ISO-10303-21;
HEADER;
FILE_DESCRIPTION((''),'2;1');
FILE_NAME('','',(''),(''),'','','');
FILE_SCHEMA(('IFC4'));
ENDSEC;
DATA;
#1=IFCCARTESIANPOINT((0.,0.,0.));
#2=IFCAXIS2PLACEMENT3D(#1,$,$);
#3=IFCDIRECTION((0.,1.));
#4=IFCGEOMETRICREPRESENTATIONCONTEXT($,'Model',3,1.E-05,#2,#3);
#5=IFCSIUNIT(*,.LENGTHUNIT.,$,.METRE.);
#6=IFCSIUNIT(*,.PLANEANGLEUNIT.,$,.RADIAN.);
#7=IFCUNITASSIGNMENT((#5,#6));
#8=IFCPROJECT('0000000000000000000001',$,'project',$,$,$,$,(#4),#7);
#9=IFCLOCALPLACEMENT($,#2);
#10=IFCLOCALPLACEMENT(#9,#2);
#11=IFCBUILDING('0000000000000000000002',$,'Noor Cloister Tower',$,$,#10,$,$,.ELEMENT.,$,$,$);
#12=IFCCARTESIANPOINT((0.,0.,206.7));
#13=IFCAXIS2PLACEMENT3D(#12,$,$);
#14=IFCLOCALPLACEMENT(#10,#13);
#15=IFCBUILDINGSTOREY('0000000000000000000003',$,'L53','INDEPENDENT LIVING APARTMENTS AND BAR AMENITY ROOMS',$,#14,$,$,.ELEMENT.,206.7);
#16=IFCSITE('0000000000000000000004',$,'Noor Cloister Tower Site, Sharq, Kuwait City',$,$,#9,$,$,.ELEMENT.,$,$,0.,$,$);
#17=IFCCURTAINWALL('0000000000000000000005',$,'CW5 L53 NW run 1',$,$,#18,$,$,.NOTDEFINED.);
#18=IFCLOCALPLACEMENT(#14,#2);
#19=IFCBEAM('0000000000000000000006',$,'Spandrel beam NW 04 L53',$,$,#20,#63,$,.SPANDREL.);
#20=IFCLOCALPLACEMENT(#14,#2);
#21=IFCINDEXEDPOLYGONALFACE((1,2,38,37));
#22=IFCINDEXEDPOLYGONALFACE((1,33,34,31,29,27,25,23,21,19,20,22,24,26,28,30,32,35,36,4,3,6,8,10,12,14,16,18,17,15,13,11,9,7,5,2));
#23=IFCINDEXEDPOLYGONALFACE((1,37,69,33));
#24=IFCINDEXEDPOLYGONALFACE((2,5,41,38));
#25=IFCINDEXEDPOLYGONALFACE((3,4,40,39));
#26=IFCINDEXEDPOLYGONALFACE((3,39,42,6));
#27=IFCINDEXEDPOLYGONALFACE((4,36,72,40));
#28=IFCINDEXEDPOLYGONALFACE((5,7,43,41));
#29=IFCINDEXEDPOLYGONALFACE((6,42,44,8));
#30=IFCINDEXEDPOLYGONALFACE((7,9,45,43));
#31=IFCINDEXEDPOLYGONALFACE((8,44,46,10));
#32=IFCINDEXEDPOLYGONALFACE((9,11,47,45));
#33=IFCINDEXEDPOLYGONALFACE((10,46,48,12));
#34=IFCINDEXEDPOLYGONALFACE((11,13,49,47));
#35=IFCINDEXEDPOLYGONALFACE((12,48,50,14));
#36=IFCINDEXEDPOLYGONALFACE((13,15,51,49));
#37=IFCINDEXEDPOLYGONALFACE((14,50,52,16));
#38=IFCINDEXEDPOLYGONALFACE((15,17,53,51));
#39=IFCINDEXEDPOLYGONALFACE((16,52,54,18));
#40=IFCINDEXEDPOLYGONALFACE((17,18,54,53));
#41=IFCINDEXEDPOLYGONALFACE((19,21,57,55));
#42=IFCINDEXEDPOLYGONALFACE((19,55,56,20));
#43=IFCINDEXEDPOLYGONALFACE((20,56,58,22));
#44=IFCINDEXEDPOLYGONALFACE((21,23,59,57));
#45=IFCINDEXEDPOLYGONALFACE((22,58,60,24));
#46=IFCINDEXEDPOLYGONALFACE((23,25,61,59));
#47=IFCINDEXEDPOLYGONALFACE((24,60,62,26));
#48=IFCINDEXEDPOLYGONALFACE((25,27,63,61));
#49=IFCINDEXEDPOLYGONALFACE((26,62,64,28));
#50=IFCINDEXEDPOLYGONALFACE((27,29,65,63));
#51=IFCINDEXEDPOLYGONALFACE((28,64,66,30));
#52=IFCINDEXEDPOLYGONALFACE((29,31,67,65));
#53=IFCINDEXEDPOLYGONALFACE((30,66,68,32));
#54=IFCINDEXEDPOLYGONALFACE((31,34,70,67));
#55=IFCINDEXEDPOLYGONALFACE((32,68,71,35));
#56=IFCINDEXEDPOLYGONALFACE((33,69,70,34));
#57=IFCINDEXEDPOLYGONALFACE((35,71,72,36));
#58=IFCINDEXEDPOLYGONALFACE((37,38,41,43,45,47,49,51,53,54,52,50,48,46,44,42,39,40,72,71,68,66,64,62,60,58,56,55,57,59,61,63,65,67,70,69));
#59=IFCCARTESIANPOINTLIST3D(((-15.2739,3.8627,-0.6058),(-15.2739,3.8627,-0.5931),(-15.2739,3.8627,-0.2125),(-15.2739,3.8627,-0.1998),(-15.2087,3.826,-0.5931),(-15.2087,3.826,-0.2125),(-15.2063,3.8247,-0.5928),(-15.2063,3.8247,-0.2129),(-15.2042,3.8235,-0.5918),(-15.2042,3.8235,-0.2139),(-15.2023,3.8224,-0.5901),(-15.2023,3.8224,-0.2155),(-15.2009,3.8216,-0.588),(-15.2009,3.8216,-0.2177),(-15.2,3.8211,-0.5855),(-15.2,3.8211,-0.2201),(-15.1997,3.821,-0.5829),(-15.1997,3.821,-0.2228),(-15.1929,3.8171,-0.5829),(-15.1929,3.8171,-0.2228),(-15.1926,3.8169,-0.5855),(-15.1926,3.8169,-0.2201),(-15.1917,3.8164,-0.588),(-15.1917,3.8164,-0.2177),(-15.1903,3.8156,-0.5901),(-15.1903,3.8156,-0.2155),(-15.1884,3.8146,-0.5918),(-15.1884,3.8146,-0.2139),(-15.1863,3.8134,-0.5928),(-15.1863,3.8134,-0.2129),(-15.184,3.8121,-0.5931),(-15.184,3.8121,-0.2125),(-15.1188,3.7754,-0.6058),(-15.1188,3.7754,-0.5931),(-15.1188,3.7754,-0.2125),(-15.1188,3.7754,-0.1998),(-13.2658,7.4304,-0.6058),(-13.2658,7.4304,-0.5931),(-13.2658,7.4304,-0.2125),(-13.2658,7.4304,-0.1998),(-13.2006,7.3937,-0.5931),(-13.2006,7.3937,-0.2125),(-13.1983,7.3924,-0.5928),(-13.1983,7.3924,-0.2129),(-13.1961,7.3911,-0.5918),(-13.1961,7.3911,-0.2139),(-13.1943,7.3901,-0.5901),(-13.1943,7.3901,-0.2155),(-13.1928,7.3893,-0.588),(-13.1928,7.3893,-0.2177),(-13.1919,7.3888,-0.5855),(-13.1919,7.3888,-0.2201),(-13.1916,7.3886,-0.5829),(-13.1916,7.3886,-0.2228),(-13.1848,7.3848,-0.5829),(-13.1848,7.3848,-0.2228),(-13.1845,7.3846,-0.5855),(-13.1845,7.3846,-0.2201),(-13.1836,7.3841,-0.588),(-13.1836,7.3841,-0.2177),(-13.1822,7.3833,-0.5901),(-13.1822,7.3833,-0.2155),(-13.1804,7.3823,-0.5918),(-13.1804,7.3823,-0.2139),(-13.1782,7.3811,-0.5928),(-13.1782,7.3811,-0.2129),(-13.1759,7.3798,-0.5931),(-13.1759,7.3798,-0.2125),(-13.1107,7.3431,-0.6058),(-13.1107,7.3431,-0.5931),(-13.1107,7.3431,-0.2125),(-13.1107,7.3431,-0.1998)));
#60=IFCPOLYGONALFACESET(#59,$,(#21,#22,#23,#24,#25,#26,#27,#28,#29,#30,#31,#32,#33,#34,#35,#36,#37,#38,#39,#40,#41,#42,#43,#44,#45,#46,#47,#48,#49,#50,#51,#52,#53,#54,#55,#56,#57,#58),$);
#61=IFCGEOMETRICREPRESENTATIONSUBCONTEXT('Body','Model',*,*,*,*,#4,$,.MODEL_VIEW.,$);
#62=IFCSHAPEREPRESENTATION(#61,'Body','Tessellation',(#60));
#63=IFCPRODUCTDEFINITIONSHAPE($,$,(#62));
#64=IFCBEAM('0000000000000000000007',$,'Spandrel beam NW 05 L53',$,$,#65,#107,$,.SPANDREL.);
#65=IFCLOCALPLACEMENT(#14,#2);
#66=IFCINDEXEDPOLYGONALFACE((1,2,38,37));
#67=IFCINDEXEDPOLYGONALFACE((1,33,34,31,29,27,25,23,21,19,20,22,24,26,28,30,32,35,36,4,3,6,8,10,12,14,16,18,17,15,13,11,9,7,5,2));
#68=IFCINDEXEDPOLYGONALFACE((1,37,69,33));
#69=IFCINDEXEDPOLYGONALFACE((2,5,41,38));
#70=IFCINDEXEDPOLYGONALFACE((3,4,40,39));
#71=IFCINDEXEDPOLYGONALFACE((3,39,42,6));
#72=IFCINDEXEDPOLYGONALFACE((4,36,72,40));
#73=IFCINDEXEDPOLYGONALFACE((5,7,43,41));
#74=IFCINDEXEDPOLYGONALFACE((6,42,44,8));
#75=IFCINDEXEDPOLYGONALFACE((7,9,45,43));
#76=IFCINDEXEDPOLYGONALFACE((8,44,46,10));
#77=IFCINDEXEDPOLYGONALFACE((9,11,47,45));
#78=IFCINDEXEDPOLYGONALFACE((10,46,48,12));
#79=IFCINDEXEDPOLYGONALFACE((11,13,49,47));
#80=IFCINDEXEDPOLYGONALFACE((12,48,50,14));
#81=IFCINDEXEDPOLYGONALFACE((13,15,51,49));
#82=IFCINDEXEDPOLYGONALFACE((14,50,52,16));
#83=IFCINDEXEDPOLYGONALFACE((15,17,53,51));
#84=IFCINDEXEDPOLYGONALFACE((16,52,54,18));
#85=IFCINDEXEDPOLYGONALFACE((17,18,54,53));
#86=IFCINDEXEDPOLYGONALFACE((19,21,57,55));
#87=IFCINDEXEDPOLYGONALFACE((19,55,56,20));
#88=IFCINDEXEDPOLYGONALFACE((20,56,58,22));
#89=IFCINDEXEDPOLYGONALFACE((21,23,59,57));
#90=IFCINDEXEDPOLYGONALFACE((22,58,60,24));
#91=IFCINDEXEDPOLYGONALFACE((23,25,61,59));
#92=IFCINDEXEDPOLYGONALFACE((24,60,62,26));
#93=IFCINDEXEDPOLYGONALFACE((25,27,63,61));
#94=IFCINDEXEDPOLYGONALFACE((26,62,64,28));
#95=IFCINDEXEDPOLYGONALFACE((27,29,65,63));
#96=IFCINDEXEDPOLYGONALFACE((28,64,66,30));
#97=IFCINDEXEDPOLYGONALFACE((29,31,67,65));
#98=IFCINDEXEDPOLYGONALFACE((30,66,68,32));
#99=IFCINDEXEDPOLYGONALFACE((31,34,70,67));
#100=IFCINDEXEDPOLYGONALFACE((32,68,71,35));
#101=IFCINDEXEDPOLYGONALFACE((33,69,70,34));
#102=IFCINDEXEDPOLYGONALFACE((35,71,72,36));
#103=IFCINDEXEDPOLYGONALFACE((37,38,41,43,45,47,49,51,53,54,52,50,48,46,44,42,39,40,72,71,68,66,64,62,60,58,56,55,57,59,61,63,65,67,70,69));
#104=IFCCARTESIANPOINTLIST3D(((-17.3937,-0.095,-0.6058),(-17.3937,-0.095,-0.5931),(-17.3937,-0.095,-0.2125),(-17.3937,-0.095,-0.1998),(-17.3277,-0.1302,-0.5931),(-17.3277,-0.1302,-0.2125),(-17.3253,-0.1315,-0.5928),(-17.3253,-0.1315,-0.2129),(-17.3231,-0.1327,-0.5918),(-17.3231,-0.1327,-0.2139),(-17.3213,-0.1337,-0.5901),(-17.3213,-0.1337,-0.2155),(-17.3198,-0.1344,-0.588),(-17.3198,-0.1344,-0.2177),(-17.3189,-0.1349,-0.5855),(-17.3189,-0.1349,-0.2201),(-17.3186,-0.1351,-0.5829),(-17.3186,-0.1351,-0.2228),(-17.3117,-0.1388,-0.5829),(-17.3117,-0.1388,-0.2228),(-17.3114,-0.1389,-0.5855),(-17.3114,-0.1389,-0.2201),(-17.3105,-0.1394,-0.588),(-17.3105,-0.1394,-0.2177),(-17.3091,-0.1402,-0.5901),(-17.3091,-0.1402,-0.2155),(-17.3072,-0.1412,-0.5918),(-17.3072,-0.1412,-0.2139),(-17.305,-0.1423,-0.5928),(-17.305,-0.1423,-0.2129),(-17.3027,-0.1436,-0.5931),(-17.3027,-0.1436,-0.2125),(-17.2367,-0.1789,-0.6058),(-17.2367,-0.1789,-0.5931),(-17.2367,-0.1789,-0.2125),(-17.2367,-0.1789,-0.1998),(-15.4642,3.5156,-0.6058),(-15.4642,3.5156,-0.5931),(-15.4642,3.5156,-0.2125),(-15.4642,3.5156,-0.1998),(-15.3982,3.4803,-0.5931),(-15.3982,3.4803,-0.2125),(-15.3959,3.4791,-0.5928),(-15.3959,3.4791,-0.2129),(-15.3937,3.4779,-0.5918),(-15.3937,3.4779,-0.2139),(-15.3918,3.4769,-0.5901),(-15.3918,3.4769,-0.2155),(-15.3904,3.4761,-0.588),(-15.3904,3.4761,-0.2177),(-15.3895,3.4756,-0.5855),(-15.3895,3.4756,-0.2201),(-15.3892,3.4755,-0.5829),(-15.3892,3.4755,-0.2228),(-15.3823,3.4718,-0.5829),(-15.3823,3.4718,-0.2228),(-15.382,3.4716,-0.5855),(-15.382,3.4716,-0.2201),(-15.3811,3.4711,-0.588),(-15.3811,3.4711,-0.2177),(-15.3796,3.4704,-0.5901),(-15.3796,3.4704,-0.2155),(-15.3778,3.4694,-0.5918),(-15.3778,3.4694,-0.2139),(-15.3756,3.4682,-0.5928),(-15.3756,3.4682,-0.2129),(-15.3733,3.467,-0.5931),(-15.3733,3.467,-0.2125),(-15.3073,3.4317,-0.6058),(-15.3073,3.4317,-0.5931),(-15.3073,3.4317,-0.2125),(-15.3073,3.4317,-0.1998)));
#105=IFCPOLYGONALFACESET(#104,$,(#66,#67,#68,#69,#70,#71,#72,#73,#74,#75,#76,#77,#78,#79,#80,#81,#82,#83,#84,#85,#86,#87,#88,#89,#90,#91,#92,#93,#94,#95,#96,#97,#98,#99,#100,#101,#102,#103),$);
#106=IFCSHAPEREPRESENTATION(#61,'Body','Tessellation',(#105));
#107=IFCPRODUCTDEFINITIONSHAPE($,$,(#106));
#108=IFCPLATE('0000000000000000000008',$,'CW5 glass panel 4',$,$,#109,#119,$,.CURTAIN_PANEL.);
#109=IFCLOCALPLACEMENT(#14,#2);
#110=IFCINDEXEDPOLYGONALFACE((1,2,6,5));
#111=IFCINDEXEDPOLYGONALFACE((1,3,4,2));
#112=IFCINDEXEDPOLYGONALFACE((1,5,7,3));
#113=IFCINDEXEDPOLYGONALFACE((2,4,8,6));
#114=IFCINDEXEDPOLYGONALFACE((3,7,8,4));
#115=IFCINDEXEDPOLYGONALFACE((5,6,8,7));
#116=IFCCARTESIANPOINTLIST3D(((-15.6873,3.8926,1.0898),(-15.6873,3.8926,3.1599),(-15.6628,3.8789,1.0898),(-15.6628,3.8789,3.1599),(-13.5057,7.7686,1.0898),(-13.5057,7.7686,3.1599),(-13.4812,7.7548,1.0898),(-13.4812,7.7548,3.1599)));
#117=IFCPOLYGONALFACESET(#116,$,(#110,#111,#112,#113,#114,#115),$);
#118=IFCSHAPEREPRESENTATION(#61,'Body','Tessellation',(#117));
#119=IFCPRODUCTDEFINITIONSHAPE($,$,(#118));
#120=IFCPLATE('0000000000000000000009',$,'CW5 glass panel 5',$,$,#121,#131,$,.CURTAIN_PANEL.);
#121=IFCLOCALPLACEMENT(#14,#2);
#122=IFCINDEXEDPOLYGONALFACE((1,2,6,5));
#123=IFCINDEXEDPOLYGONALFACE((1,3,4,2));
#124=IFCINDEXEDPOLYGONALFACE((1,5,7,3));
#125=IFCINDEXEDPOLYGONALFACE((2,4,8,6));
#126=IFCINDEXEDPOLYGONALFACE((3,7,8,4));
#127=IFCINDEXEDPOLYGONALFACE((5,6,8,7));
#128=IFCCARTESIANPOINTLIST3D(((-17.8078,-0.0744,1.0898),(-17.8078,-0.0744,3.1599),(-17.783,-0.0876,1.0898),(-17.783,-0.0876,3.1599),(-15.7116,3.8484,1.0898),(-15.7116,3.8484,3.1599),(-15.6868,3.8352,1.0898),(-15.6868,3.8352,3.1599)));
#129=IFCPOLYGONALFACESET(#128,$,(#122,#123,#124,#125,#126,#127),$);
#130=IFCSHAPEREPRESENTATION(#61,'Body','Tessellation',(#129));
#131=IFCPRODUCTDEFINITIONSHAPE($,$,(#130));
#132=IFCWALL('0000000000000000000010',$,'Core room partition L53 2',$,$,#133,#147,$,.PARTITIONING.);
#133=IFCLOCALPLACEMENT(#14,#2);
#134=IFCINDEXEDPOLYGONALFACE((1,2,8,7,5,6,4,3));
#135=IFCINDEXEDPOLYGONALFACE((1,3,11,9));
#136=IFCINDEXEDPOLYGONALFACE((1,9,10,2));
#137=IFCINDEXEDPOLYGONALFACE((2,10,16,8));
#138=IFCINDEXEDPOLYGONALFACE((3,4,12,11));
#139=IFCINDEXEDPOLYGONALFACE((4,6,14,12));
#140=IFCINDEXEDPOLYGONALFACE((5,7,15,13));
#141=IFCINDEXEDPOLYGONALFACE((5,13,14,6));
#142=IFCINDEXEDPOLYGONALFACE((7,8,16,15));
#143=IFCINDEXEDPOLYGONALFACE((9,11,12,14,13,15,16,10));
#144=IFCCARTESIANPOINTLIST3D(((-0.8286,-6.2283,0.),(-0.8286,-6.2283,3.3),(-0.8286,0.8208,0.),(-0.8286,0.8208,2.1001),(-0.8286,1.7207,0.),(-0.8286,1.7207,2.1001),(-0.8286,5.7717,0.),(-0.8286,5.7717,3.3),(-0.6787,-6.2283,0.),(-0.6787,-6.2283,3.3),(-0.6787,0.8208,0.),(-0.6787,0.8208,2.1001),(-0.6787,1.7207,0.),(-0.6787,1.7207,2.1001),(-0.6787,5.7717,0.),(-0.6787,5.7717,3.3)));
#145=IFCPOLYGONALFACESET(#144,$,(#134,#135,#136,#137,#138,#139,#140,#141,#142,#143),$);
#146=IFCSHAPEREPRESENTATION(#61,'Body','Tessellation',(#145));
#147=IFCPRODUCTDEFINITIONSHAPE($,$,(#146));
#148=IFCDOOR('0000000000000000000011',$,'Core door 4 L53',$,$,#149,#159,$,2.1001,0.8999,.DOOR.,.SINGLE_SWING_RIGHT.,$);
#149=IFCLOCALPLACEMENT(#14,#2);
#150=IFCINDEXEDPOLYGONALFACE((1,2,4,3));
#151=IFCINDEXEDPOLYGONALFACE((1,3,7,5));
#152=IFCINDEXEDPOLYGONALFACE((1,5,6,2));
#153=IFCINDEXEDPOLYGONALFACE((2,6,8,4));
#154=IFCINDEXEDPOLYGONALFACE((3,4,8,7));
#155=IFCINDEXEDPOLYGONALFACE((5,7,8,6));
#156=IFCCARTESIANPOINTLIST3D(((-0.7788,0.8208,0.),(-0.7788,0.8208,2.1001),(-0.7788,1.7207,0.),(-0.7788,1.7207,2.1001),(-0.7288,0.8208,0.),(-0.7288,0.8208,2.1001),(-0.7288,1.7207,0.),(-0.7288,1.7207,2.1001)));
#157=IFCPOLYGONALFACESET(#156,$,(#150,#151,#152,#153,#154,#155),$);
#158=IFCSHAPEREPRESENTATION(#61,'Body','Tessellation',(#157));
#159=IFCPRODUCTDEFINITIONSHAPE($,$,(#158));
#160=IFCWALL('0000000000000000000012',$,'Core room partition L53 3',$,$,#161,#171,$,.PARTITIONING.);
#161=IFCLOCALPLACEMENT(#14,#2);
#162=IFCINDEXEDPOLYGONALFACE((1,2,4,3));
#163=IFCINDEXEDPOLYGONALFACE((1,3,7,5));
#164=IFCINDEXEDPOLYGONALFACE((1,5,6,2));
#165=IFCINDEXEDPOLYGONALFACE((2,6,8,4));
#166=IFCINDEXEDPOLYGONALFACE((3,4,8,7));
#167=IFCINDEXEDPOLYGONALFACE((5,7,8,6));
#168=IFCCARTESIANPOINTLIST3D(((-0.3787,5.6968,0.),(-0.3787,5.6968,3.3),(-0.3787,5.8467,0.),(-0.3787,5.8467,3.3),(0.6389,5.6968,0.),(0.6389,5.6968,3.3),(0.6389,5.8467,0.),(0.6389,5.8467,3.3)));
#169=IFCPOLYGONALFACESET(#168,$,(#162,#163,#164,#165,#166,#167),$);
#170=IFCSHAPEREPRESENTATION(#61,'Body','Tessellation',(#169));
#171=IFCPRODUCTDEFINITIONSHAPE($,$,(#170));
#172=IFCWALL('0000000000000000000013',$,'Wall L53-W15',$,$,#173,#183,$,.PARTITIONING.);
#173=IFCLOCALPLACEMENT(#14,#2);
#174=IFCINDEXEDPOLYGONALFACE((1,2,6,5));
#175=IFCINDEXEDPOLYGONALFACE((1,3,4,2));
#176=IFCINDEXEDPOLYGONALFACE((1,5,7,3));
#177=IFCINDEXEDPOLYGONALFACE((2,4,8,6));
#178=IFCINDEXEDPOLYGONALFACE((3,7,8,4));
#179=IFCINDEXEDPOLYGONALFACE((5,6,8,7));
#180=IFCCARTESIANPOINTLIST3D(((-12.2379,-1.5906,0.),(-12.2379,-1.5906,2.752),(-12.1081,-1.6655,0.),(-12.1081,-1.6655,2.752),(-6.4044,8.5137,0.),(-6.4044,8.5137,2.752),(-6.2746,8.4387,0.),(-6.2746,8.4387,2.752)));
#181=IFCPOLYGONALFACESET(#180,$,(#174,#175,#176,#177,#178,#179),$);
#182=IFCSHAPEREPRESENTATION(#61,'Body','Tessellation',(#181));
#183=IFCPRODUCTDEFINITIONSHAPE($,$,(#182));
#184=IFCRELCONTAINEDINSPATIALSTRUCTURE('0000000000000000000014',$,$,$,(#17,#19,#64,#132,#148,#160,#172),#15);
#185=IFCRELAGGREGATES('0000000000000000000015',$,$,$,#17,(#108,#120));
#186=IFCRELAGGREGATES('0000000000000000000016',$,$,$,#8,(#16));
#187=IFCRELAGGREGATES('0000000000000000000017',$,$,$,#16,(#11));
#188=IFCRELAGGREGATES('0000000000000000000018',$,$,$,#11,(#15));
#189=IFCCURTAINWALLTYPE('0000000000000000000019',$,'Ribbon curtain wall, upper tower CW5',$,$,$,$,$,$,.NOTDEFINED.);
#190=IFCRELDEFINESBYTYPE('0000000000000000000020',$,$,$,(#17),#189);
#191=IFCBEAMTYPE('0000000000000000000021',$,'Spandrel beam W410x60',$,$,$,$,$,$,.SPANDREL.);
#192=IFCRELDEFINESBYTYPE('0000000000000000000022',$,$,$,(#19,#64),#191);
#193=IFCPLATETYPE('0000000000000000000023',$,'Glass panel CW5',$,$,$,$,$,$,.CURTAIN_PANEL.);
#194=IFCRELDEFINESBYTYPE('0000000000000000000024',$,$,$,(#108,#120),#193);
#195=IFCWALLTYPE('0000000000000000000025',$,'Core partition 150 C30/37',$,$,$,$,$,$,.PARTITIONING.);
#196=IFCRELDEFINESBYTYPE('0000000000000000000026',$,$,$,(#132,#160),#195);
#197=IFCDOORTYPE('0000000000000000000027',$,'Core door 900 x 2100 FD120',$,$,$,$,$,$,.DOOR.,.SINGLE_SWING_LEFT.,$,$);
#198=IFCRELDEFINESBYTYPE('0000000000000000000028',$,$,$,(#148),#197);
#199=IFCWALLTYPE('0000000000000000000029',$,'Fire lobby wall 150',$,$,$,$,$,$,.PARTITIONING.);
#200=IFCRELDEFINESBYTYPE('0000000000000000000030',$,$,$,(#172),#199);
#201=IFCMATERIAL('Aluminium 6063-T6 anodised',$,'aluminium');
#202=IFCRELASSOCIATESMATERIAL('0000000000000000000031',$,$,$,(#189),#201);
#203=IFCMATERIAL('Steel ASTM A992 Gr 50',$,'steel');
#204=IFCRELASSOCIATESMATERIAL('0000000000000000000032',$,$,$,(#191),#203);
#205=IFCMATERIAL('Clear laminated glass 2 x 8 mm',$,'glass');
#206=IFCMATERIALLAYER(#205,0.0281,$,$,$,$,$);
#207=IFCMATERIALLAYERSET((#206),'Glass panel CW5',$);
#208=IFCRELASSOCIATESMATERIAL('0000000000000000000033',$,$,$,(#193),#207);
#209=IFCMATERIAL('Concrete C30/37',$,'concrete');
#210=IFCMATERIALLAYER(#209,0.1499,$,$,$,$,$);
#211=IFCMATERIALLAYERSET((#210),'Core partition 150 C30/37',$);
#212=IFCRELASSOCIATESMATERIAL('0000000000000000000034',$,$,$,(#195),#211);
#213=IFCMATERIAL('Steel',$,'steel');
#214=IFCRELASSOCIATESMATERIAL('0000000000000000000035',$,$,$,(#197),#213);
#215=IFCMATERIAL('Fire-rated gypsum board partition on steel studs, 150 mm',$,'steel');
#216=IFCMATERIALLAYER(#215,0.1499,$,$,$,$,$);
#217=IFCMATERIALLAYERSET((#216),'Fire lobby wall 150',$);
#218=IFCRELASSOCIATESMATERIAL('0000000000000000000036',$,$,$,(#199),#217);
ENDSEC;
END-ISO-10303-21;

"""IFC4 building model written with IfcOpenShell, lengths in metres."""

from ifc_helpers import new_model, si_unit, direction, frame, frame_2d, origin, origin_2d, place, context, subcontext, project, spatial, rectangle, i_section, extrude, material, layer, layer_set, material_profile, profile_set, type_object, element, fill, aggregate, save


model = new_model("IFC4")

# Units and contexts
model_context = context("Model", 3, precision=1e-05, world=origin(), true_north=direction((0.0, 1.0)))
body_context = subcontext(model_context, "Body", "Model", "MODEL_VIEW")
ifc_project = project(units=[si_unit("LENGTHUNIT", "METRE"), si_unit("PLANEANGLEUNIT", "RADIAN")], contexts=[model_context])

# Site, building, storey
site_placement = place(None, origin())
site = spatial("IfcSite", under=ifc_project, at=site_placement, Name="Noor Cloister Tower Site, Sharq, Kuwait City", CompositionType="ELEMENT", RefElevation=0.0)
building_placement = place(site_placement, origin())
building = spatial("IfcBuilding", under=site, at=building_placement, Name="Noor Cloister Tower", CompositionType="ELEMENT")
storey_placement = place(building_placement, frame((0.0, 0.0, 206.7)))
storey = spatial("IfcBuildingStorey", under=building, at=storey_placement, Name="L53", Description="INDEPENDENT LIVING APARTMENTS AND BAR AMENITY ROOMS", CompositionType="ELEMENT", Elevation=206.7)

# Curtain wall
ifc_material_1 = material(Name="Aluminium 6063-T6 anodised", Category="aluminium")
curtain_wall_type = type_object("IfcCurtainWallType", Name="Ribbon curtain wall, upper tower CW5", PredefinedType="NOTDEFINED", material=ifc_material_1)
curtain_wall_1_placement = place(storey_placement, origin())
curtain_wall_1 = element("IfcCurtainWall", 1, at=curtain_wall_1_placement, inside=storey, type_object=curtain_wall_type, Name="CW5 L53 NW run 1", PredefinedType="NOTDEFINED")

# Beams
ifc_material_2 = material(Name="Steel ASTM A992 Gr 50", Category="steel")
ifc_material_profile_1 = material_profile(ifc_material_2, i_section(OverallWidth=0.178, OverallDepth=0.406, WebThickness=0.0078, FlangeThickness=0.0127, FilletRadius=0.0103, at=origin_2d()), Name="W410x60")
ifc_profile_set_1 = profile_set([ifc_material_profile_1], Name="Steel ASTM A992 Gr 50")
beam_type_1 = type_object("IfcBeamType", Name="Spandrel beam W410x60", PredefinedType="SPANDREL", material=ifc_profile_set_1)
beam_1_placement = place(storey_placement, frame((-13.1882, 7.3867, -0.4028), z_axis=(-0.490496, -0.871443, 0.0), x_axis=(0.871443, -0.490496, 0.0)))
element("IfcBeam", 2, at=beam_1_placement, inside=storey, type_object=beam_type_1, Name="Spandrel beam NW 04 L53", PredefinedType="SPANDREL", context=body_context, shape_type="SweptSolid", body=[
    extrude(i_section(OverallWidth=0.178, OverallDepth=0.406, WebThickness=0.0078, FlangeThickness=0.0127, FilletRadius=0.0103, at=origin_2d()), origin(), (0.0, 0.0, 1.0), 4.094),
])
beam_2_placement = place(storey_placement, frame((-15.3857, 3.4736, -0.4028), z_axis=(-0.471309, -0.881968, 0.0), x_axis=(0.881968, -0.471309, 0.0)))
element("IfcBeam", 3, at=beam_2_placement, inside=storey, type_object=beam_type_1, Name="Spandrel beam NW 05 L53", PredefinedType="SPANDREL", context=body_context, shape_type="SweptSolid", body=[
    extrude(i_section(OverallWidth=0.178, OverallDepth=0.406, WebThickness=0.0078, FlangeThickness=0.0127, FilletRadius=0.0103, at=origin_2d()), origin(), (0.0, 0.0, 1.0), 4.0938),
])

# Plates
ifc_material_3 = material(Name="Clear laminated glass 2 x 8 mm", Category="glass")
ifc_layer_1 = layer(ifc_material_3, 0.0281)
ifc_layer_set_1 = layer_set([ifc_layer_1], Name="Glass panel CW5")
plate_type = type_object("IfcPlateType", Name="Glass panel CW5", PredefinedType="CURTAIN_PANEL", material=ifc_layer_set_1)
plate_1_placement = place(storey_placement, frame((-14.5842, 5.8237, 1.0898), z_axis=(0.0, 0.0, 1.0), x_axis=(-0.490491, -0.871446, 0.0)))
plate_1 = element("IfcPlate", 4, at=plate_1_placement, type_object=plate_type, Name="CW5 glass panel 4", PredefinedType="CURTAIN_PANEL", context=body_context, shape_type="SweptSolid", body=[
    extrude(rectangle(XDim=4.4478, YDim=0.0281, at=origin_2d()), origin(), (0.0, 0.0, 1.0), 2.0701),
])
plate_2_placement = place(storey_placement, frame((-16.7473, 1.8804, 1.0898), z_axis=(0.0, 0.0, 1.0), x_axis=(-0.471298, -0.881974, 0.0)))
plate_2 = element("IfcPlate", 5, at=plate_2_placement, type_object=plate_type, Name="CW5 glass panel 5", PredefinedType="CURTAIN_PANEL", context=body_context, shape_type="SweptSolid", body=[
    extrude(rectangle(XDim=4.4478, YDim=0.0281, at=origin_2d()), origin(), (0.0, 0.0, 1.0), 2.0701),
])
aggregate(curtain_wall_1, [plate_1, plate_2])

# Wall, opening, door
ifc_material_4 = material(Name="Concrete C30/37", Category="concrete")
ifc_layer_2 = layer(ifc_material_4, 0.1499)
ifc_layer_set_2 = layer_set([ifc_layer_2], Name="Core partition 150 C30/37")
wall_type_1 = type_object("IfcWallType", Name="Core partition 150 C30/37", PredefinedType="PARTITIONING", material=ifc_layer_set_2)
wall_1_placement = place(storey_placement, frame((-0.7537, 5.7717, 0.0), z_axis=(0.0, 0.0, 1.0), x_axis=(0.0, -1.0, 0.0)))
wall_1 = element("IfcWall", 6, at=wall_1_placement, inside=storey, type_object=wall_type_1, Name="Core room partition L53 2", PredefinedType="PARTITIONING", context=body_context, shape_type="SweptSolid", body=[
    extrude(rectangle(XDim=12.0, YDim=0.1499, at=frame_2d((6.0, 0.0))), origin(), (0.0, 0.0, 1.0), 3.3),
])
opening_placement = place(wall_1_placement, frame((4.051, 0.0, 0.0)))
opening = element("IfcOpeningElement", 7, at=opening_placement, cuts=wall_1, PredefinedType="OPENING", context=body_context, shape_type="SweptSolid", body=[
    extrude(rectangle(XDim=0.8999, YDim=2.1001, at=frame_2d((0.45, 1.05))), frame((0.0, 0.085, 0.0), z_axis=(0.0, -1.0, 0.0), x_axis=(1.0, 0.0, 0.0)), (0.0, 0.0, 1.0), 0.1699),
])
ifc_material_5 = material(Name="Steel", Category="steel")
door_type = type_object("IfcDoorType", Name="Core door 900 x 2100 FD120", OperationType="SINGLE_SWING_LEFT", PredefinedType="DOOR", material=ifc_material_5)
door_placement = place(opening_placement, origin())
door = element("IfcDoor", 8, at=door_placement, inside=storey, type_object=door_type, Name="Core door 4 L53", OperationType="SINGLE_SWING_RIGHT", OverallHeight=2.1001, OverallWidth=0.8999, PredefinedType="DOOR", context=body_context, shape_type="SweptSolid", body=[
    extrude(rectangle(XDim=0.8999, YDim=2.1001, at=frame_2d((0.45, 1.05))), frame((0.0, 0.0249, 0.0), z_axis=(0.0, -1.0, 0.0), x_axis=(1.0, 0.0, 0.0)), (0.0, 0.0, 1.0), 0.05),
])
fill(opening, door)

# Walls
wall_2_placement = place(storey_placement, frame((-0.3787, 5.7717, 0.0), z_axis=(0.0, 0.0, 1.0), x_axis=(1.0, 0.0, 0.0)))
element("IfcWall", 9, at=wall_2_placement, inside=storey, type_object=wall_type_1, Name="Core room partition L53 3", PredefinedType="PARTITIONING", context=body_context, shape_type="SweptSolid", body=[
    extrude(rectangle(XDim=1.0176, YDim=0.1499, at=frame_2d((0.5088, 0.0))), origin(), (0.0, 0.0, 1.0), 3.3),
])
ifc_material_6 = material(Name="Fire-rated gypsum board partition on steel studs, 150 mm", Category="steel")
ifc_layer_3 = layer(ifc_material_6, 0.1499)
ifc_layer_set_3 = layer_set([ifc_layer_3], Name="Fire lobby wall 150")
wall_type_2 = type_object("IfcWallType", Name="Fire lobby wall 150", PredefinedType="PARTITIONING", material=ifc_layer_set_3)
wall_3_placement = place(storey_placement, frame((-6.3396, 8.4761, 0.0), z_axis=(0.0, 0.0, 1.0), x_axis=(-0.499988, -0.866033, 0.0)))
element("IfcWall", 10, at=wall_3_placement, inside=storey, type_object=wall_type_2, Name="Wall L53-W15", PredefinedType="PARTITIONING", context=body_context, shape_type="SweptSolid", body=[
    extrude(rectangle(XDim=11.6672, YDim=0.1499, at=frame_2d((5.8335, 0.0))), origin(), (0.0, 0.0, 1.0), 2.752),
])

save(model, "model.ifc")
